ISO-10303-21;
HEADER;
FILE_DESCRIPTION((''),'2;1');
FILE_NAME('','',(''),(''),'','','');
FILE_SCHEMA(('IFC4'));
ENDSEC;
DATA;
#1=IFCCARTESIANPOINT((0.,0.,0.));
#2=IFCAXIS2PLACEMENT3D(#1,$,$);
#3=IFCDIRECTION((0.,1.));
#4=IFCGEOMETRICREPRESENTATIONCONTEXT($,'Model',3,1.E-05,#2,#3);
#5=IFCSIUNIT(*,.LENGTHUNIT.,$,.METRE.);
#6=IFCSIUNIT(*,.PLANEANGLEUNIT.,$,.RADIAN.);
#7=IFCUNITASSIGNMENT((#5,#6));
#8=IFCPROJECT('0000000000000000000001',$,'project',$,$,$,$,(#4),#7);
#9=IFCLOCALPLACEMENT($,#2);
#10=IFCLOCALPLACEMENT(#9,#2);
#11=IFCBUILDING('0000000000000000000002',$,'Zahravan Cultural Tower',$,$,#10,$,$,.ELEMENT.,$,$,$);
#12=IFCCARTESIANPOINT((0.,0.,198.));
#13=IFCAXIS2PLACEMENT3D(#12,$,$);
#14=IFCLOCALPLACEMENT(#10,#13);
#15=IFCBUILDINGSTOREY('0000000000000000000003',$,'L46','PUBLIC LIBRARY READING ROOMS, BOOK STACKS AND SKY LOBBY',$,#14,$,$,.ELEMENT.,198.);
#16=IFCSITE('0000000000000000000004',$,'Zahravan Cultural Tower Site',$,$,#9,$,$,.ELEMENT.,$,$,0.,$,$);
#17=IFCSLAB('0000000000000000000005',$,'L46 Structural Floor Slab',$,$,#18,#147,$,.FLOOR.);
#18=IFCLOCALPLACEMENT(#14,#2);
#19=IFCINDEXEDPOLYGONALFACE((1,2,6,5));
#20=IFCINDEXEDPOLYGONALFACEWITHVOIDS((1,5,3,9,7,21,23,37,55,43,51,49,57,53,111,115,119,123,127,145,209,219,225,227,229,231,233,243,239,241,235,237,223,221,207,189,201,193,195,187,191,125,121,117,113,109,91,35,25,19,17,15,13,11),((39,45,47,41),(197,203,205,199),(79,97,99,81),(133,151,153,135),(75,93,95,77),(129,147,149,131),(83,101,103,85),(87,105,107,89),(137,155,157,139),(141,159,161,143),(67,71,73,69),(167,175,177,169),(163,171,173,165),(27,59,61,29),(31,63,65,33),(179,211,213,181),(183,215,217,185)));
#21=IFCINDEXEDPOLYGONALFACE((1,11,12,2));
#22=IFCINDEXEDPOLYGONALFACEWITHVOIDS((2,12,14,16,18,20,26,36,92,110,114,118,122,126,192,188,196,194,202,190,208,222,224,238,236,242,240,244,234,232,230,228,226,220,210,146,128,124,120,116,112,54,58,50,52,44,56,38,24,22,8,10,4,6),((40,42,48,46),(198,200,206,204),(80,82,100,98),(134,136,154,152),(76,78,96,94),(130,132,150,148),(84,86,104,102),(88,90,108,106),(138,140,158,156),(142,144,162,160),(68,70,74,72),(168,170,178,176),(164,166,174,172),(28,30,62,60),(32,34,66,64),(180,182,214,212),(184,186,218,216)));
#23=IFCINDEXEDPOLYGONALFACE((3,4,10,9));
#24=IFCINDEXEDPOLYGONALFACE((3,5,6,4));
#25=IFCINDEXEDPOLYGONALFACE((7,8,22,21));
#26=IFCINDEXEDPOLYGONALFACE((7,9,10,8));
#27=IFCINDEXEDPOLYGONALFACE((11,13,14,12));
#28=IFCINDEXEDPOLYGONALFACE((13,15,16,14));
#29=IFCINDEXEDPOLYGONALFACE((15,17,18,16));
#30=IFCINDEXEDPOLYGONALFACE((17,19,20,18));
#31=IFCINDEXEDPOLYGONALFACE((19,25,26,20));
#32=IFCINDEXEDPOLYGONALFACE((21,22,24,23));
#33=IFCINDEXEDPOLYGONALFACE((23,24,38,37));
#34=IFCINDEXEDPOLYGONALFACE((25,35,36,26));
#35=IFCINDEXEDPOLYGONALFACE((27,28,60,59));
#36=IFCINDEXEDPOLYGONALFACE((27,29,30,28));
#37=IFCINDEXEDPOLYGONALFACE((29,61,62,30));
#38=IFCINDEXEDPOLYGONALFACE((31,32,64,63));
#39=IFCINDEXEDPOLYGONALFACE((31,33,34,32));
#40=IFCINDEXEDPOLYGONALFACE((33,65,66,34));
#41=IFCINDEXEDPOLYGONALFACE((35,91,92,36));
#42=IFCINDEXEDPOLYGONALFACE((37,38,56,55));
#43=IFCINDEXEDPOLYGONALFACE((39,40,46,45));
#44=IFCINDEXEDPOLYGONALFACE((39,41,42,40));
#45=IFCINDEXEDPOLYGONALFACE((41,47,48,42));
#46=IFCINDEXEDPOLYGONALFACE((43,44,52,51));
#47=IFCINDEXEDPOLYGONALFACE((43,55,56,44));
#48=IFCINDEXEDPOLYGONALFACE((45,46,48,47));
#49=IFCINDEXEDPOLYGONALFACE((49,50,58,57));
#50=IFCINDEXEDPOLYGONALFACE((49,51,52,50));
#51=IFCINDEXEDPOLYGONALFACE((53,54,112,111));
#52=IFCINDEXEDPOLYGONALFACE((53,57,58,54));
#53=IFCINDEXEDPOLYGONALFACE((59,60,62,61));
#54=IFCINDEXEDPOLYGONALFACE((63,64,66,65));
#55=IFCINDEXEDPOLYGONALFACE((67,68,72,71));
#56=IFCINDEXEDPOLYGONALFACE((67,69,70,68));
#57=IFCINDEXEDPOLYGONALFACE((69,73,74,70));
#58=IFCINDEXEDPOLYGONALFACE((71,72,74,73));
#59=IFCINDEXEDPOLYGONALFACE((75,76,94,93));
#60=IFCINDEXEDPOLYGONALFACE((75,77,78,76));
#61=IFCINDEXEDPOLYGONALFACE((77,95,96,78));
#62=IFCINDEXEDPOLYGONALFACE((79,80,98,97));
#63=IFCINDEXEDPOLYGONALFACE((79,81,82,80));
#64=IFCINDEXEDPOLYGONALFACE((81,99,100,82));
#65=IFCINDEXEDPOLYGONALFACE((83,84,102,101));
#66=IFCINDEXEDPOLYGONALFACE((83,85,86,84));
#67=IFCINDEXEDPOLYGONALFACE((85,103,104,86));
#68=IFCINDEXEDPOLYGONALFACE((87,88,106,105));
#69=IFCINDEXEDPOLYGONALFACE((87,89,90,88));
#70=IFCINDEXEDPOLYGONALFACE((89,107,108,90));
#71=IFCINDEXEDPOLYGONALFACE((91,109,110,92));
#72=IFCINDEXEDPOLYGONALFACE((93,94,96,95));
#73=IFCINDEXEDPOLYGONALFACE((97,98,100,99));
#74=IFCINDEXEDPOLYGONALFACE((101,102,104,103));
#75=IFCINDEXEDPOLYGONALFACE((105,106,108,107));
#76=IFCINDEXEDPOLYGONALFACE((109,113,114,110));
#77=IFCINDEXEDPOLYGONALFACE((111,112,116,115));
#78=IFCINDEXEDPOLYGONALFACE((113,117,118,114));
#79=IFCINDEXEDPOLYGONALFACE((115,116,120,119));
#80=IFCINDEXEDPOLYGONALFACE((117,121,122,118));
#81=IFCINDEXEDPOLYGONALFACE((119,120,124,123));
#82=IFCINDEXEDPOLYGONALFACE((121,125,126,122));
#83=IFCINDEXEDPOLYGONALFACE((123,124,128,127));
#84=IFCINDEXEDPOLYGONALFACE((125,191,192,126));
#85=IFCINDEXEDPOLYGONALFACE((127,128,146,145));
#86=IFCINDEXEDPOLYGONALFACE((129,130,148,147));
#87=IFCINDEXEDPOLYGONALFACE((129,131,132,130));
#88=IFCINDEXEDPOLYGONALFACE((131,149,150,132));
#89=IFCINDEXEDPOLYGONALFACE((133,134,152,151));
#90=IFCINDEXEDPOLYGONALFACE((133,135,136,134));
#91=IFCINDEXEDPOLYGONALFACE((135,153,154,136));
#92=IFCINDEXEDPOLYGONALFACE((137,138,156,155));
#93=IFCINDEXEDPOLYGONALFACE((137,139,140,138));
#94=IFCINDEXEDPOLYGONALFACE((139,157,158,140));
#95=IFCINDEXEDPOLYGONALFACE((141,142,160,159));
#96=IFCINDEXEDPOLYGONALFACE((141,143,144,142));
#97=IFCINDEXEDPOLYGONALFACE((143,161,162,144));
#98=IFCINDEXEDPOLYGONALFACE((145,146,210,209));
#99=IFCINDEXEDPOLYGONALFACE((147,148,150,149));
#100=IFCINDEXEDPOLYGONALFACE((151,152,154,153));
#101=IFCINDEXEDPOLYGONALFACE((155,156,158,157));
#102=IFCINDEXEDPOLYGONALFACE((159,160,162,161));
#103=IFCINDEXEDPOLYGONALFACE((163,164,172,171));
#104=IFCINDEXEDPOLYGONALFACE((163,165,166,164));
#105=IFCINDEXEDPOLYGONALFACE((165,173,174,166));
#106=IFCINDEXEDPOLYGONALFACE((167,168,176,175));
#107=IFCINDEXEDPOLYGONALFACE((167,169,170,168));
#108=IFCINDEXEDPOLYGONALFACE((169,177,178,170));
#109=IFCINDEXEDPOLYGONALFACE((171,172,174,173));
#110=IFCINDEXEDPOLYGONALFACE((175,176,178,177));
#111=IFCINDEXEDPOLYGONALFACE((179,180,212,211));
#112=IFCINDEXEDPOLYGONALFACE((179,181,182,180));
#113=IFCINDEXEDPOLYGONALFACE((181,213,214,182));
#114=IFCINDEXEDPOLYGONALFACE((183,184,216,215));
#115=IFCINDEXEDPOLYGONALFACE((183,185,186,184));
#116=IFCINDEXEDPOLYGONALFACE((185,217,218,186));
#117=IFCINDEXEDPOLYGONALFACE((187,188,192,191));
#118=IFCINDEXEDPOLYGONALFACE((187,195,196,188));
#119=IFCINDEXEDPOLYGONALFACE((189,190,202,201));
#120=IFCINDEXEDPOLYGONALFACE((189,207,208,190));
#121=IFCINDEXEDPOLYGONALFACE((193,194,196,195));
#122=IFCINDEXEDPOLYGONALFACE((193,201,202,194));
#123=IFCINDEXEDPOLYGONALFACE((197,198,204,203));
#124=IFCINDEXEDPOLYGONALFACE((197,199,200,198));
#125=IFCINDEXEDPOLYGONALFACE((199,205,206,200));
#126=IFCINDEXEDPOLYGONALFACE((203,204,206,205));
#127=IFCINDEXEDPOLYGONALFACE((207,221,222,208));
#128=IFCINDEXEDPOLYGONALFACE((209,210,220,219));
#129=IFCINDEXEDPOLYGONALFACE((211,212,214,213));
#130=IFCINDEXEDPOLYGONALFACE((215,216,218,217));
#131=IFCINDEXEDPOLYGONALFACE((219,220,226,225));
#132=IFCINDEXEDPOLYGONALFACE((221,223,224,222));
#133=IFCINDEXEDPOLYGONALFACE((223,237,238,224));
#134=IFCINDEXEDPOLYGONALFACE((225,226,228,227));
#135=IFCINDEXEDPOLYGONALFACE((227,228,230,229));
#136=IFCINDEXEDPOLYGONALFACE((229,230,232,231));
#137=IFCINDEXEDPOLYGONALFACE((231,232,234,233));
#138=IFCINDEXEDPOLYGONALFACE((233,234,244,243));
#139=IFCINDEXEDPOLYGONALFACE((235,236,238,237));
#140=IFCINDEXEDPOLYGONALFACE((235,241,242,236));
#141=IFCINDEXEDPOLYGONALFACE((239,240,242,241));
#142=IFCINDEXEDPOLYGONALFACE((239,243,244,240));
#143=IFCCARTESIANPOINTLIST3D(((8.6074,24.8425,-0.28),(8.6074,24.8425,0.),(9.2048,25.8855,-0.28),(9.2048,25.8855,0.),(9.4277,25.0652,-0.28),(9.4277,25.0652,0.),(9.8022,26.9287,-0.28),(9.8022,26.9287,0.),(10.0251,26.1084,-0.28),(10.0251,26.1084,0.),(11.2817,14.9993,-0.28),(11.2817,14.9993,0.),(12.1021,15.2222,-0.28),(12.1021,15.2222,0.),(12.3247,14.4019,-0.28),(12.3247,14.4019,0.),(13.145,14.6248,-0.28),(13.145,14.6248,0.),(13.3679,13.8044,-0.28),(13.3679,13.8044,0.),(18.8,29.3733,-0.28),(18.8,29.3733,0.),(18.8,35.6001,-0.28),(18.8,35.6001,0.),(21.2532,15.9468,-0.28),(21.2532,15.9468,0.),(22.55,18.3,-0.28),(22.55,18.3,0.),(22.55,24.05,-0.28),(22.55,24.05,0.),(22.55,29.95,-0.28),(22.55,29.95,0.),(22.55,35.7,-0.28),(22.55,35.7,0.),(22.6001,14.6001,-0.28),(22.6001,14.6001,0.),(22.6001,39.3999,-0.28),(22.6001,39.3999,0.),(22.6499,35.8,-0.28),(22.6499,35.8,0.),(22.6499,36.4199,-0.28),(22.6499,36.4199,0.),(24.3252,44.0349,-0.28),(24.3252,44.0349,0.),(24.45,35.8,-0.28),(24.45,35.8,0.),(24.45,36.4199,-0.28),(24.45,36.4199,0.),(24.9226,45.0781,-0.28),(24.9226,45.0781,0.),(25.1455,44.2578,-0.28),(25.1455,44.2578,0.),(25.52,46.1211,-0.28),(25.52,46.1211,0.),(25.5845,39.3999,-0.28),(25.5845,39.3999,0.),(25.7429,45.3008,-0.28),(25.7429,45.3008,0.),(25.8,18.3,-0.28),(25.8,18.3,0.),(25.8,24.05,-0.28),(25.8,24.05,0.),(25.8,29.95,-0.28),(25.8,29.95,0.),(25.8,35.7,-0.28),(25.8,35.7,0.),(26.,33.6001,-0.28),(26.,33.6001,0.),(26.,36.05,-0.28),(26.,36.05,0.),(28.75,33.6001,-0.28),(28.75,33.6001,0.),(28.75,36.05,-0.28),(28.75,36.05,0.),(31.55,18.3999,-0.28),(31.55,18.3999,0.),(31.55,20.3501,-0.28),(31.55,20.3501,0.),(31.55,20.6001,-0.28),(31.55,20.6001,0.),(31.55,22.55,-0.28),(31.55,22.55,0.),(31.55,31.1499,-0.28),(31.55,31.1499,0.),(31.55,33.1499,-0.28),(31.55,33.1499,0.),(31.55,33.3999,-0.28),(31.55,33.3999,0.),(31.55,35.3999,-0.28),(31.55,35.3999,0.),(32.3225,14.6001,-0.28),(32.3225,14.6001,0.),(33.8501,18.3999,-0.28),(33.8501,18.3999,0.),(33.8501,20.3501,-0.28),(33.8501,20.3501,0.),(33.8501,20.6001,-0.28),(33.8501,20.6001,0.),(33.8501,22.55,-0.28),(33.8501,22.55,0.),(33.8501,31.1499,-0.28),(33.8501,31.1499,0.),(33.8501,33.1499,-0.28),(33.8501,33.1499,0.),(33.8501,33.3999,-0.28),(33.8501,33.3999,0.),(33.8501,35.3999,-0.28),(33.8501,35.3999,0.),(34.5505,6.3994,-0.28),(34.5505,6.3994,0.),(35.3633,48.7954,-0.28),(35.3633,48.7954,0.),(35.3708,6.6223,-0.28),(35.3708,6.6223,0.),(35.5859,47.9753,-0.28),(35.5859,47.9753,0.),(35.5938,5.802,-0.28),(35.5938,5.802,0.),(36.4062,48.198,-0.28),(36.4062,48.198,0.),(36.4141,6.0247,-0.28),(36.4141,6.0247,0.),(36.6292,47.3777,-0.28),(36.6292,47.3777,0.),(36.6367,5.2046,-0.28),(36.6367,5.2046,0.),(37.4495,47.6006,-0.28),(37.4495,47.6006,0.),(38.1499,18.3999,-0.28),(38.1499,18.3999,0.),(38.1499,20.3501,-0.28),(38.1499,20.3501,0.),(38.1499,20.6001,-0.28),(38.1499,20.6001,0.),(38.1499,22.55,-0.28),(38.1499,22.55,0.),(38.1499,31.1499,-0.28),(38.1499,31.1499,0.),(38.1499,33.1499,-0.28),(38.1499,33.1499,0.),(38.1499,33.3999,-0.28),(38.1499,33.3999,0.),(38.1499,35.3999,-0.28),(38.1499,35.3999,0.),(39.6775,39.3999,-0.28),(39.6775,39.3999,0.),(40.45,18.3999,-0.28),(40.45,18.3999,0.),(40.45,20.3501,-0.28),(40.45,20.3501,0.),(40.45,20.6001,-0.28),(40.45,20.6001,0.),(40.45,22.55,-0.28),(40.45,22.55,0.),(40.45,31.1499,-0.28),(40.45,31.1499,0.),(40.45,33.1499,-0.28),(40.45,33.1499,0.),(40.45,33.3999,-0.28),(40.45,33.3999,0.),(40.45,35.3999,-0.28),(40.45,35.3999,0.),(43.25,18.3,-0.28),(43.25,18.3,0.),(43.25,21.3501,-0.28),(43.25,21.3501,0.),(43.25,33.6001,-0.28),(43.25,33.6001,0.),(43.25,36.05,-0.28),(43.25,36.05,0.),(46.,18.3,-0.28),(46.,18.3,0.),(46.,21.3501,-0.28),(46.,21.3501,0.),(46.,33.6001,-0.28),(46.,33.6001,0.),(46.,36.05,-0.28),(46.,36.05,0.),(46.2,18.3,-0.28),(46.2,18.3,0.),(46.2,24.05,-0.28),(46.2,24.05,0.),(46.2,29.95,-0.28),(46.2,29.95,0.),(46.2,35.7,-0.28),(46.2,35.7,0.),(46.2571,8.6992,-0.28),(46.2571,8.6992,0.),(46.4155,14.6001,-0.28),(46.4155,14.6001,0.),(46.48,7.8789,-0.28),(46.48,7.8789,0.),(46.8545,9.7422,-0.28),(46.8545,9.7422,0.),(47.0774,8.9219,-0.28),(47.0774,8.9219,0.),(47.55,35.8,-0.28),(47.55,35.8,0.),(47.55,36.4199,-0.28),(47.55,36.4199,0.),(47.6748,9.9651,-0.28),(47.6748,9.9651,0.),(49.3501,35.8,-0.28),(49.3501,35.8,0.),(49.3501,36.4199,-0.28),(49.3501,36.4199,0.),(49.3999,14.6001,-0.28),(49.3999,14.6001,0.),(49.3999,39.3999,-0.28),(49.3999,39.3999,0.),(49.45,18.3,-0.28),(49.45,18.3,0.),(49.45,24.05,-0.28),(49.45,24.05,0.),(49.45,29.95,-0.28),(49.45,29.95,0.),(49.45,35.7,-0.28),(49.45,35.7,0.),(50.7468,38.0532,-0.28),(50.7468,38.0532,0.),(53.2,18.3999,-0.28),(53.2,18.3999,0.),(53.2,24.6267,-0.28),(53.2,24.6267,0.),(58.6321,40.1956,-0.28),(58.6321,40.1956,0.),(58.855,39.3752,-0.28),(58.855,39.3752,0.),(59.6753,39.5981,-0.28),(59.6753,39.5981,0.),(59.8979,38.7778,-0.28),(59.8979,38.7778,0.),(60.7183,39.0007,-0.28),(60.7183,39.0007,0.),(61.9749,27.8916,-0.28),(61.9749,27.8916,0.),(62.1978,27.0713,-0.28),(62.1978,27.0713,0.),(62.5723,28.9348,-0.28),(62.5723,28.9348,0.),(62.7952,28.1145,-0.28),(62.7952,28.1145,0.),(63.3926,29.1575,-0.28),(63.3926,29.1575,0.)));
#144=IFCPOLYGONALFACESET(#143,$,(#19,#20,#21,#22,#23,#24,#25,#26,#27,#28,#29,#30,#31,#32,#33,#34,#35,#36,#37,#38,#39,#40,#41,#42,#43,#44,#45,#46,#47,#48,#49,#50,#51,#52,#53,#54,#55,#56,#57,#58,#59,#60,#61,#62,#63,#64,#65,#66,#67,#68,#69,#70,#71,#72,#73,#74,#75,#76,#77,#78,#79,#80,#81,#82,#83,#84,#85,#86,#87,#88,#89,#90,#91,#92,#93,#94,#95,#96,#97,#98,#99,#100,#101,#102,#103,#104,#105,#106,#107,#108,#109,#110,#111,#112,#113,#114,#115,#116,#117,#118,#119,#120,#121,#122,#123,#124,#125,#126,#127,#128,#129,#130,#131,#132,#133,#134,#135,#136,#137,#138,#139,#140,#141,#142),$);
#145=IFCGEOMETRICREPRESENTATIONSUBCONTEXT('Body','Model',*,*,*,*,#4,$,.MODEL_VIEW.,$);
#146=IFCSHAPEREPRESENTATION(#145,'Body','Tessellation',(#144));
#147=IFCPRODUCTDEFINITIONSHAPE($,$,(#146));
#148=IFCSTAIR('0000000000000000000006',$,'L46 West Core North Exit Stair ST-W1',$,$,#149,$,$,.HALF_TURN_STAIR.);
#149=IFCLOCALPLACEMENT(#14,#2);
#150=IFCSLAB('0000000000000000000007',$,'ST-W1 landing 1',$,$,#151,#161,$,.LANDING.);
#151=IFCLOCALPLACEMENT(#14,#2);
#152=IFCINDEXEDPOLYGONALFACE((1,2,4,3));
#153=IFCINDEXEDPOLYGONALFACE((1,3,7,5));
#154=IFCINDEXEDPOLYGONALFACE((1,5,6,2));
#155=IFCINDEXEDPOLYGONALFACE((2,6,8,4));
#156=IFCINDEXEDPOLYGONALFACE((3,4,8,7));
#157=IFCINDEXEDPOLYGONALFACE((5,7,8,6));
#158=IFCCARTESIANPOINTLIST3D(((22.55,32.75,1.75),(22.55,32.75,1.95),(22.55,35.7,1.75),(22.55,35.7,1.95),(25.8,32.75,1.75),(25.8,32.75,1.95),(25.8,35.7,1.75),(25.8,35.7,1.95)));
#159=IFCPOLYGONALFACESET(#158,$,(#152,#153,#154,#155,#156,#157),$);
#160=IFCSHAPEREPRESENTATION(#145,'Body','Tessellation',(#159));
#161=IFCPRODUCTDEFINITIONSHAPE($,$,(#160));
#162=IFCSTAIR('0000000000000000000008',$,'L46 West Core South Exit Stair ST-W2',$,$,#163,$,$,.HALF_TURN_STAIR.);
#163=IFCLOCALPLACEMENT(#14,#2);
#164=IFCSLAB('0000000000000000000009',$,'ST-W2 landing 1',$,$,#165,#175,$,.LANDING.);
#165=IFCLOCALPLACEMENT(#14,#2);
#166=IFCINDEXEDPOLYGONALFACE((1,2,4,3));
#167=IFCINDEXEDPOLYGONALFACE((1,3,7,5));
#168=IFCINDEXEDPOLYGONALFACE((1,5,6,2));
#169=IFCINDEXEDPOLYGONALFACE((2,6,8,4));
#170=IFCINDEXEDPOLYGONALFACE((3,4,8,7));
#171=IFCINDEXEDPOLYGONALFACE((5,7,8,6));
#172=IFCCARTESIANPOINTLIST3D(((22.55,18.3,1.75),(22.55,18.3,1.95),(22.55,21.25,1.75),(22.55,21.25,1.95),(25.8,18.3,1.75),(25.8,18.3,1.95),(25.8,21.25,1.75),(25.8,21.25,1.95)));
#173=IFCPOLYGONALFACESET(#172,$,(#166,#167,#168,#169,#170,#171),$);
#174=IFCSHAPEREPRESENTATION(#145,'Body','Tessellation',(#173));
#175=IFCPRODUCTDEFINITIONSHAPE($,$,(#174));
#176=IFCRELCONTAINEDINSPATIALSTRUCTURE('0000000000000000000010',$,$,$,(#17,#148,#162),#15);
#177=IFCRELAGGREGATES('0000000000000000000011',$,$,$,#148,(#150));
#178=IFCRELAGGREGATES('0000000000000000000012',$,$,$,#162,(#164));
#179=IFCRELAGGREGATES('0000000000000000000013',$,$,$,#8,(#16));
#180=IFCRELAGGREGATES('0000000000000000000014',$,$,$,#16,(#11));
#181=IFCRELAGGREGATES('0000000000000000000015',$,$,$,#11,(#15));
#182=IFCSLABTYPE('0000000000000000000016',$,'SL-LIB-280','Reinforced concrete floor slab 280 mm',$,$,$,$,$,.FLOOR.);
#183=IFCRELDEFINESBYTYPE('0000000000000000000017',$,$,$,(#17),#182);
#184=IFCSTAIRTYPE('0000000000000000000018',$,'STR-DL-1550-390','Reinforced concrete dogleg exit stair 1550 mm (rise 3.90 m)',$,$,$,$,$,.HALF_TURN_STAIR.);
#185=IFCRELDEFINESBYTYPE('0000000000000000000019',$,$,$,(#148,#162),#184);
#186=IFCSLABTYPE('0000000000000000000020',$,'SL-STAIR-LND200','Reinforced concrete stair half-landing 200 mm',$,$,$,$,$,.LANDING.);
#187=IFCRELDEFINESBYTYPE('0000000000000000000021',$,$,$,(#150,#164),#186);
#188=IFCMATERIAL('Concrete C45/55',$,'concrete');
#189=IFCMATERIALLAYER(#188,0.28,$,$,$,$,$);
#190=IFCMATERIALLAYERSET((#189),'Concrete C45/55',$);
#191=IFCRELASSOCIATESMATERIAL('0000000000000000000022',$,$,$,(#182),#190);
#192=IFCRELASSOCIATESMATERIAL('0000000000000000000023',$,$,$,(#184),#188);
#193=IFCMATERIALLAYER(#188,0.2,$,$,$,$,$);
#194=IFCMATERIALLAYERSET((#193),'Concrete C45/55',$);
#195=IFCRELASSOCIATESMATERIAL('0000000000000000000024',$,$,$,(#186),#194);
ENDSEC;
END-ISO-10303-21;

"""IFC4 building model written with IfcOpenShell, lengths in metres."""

from ifc_helpers import new_model, si_unit, direction, frame, origin, place, context, subcontext, project, spatial, polyline, outline, extrude, material, layer, layer_set, type_object, element, aggregate, save


model = new_model("IFC4")

# Units and contexts
model_context = context("Model", 3, precision=1e-05, world=origin(), true_north=direction((0.0, 1.0)))
body_context = subcontext(model_context, "Body", "Model", "MODEL_VIEW")
ifc_project = project(units=[si_unit("LENGTHUNIT", "METRE"), si_unit("PLANEANGLEUNIT", "RADIAN")], contexts=[model_context])

# Site, building, storey
site_placement = place(None, origin())
site = spatial("IfcSite", under=ifc_project, at=site_placement, Name="Zahravan Cultural Tower Site", CompositionType="ELEMENT", RefElevation=0.0)
building_placement = place(site_placement, origin())
building = spatial("IfcBuilding", under=site, at=building_placement, Name="Zahravan Cultural Tower", CompositionType="ELEMENT")
storey_placement = place(building_placement, frame((0.0, 0.0, 198.0)))
storey = spatial("IfcBuildingStorey", under=building, at=storey_placement, Name="L46", Description="PUBLIC LIBRARY READING ROOMS, BOOK STACKS AND SKY LOBBY", CompositionType="ELEMENT", Elevation=198.0)

# Slab
ifc_material_1 = material(Name="Concrete C45/55", Category="concrete")
ifc_layer_1 = layer(ifc_material_1, 0.28)
ifc_layer_set_1 = layer_set([ifc_layer_1], Name="Concrete C45/55")
slab_type_1 = type_object("IfcSlabType", Name="SL-LIB-280", Description="Reinforced concrete floor slab 280 mm", PredefinedType="FLOOR", material=ifc_layer_set_1)
slab_1_placement = place(storey_placement, frame((0.0, 0.0, -0.28)))
element("IfcSlab", 1, at=slab_1_placement, inside=storey, type_object=slab_type_1, Name="L46 Structural Floor Slab", PredefinedType="FLOOR", context=body_context, shape_type="SweptSolid", body=[
    extrude(outline(polyline([(50.7468, 38.0532), (49.3999, 39.3999), (39.6775, 39.3999), (37.4495, 47.6006), (36.6292, 47.3777), (36.4062, 48.198), (35.5859, 47.9753), (35.3633, 48.7954), (25.52, 46.1211), (25.7429, 45.3008), (24.9226, 45.0781), (25.1455, 44.2578), (24.3252, 44.0349), (25.5845, 39.3999), (22.6001, 39.3999), (18.8, 35.6001), (18.8, 29.3733), (9.8022, 26.9287), (10.0251, 26.1084), (9.2048, 25.8855), (9.4277, 25.0652), (8.6074, 24.8425), (11.2817, 14.9993), (12.1021, 15.2222), (12.3247, 14.4019), (13.145, 14.6248), (13.3679, 13.8044), (21.2532, 15.9468), (22.6001, 14.6001), (32.3225, 14.6001), (34.5505, 6.3994), (35.3708, 6.6223), (35.5938, 5.802), (36.4141, 6.0247), (36.6367, 5.2046), (46.48, 7.8789), (46.2571, 8.6992), (47.0774, 8.9219), (46.8545, 9.7422), (47.6748, 9.9651), (46.4155, 14.6001), (49.3999, 14.6001), (53.2, 18.3999), (53.2, 24.6267), (62.1978, 27.0713), (61.9749, 27.8916), (62.7952, 28.1145), (62.5723, 28.9348), (63.3926, 29.1575), (60.7183, 39.0007), (59.8979, 38.7778), (59.6753, 39.5981), (58.855, 39.3752), (58.6321, 40.1956), (50.7468, 38.0532)]), holes=[polyline([(22.55, 29.95), (22.55, 35.7), (25.8, 35.7), (25.8, 29.95), (22.55, 29.95)]), polyline([(22.55, 18.3), (22.55, 24.05), (25.8, 24.05), (25.8, 18.3), (22.55, 18.3)]), polyline([(46.2, 29.95), (46.2, 35.7), (49.45, 35.7), (49.45, 29.95), (46.2, 29.95)]), polyline([(46.2, 18.3), (46.2, 24.05), (49.45, 24.05), (49.45, 18.3), (46.2, 18.3)]), polyline([(26.0, 33.6001), (26.0, 36.05), (28.75, 36.05), (28.75, 33.6001), (26.0, 33.6001)]), polyline([(43.25, 33.6001), (43.25, 36.05), (46.0, 36.05), (46.0, 33.6001), (43.25, 33.6001)]), polyline([(43.25, 18.3), (43.25, 21.3501), (46.0, 21.3501), (46.0, 18.3), (43.25, 18.3)]), polyline([(31.55, 33.3999), (31.55, 35.3999), (33.8501, 35.3999), (33.8501, 33.3999), (31.55, 33.3999)]), polyline([(31.55, 31.1499), (31.55, 33.1499), (33.8501, 33.1499), (33.8501, 31.1499), (31.55, 31.1499)]), polyline([(38.1499, 33.3999), (38.1499, 35.3999), (40.45, 35.3999), (40.45, 33.3999), (38.1499, 33.3999)]), polyline([(38.1499, 31.1499), (38.1499, 33.1499), (40.45, 33.1499), (40.45, 31.1499), (38.1499, 31.1499)]), polyline([(31.55, 20.6001), (31.55, 22.55), (33.8501, 22.55), (33.8501, 20.6001), (31.55, 20.6001)]), polyline([(31.55, 18.3999), (31.55, 20.3501), (33.8501, 20.3501), (33.8501, 18.3999), (31.55, 18.3999)]), polyline([(38.1499, 20.6001), (38.1499, 22.55), (40.45, 22.55), (40.45, 20.6001), (38.1499, 20.6001)]), polyline([(38.1499, 18.3999), (38.1499, 20.3501), (40.45, 20.3501), (40.45, 18.3999), (38.1499, 18.3999)]), polyline([(22.6499, 35.8), (22.6499, 36.4199), (24.45, 36.4199), (24.45, 35.8), (22.6499, 35.8)]), polyline([(47.55, 35.8), (47.55, 36.4199), (49.3501, 36.4199), (49.3501, 35.8), (47.55, 35.8)])]), origin(), (0.0, 0.0, 1.0), 0.28),
])

# Stairs, slabs
stair_type = type_object("IfcStairType", Name="STR-DL-1550-390", Description="Reinforced concrete dogleg exit stair 1550 mm (rise 3.90 m)", PredefinedType="HALF_TURN_STAIR", material=ifc_material_1)
stair_1_placement = place(storey_placement, origin())
stair_1 = element("IfcStair", 2, at=stair_1_placement, inside=storey, type_object=stair_type, Name="L46 West Core North Exit Stair ST-W1", PredefinedType="HALF_TURN_STAIR")
ifc_layer_2 = layer(ifc_material_1, 0.2)
ifc_layer_set_2 = layer_set([ifc_layer_2], Name="Concrete C45/55")
slab_type_2 = type_object("IfcSlabType", Name="SL-STAIR-LND200", Description="Reinforced concrete stair half-landing 200 mm", PredefinedType="LANDING", material=ifc_layer_set_2)
slab_2_placement = place(storey_placement, frame((0.0, 0.0, 1.75)))
slab_2 = element("IfcSlab", 3, at=slab_2_placement, type_object=slab_type_2, Name="ST-W1 landing 1", PredefinedType="LANDING", context=body_context, shape_type="SweptSolid", body=[
    extrude(outline(polyline([(25.8, 32.75), (25.8, 35.7), (22.55, 35.7), (22.55, 32.75), (25.8, 32.75)])), origin(), (0.0, 0.0, 1.0), 0.2),
])
aggregate(stair_1, [slab_2])
stair_2_placement = place(storey_placement, origin())
stair_2 = element("IfcStair", 4, at=stair_2_placement, inside=storey, type_object=stair_type, Name="L46 West Core South Exit Stair ST-W2", PredefinedType="HALF_TURN_STAIR")
slab_3_placement = place(storey_placement, frame((0.0, 0.0, 1.75)))
slab_3 = element("IfcSlab", 5, at=slab_3_placement, type_object=slab_type_2, Name="ST-W2 landing 1", PredefinedType="LANDING", context=body_context, shape_type="SweptSolid", body=[
    extrude(outline(polyline([(22.55, 21.25), (22.55, 18.3), (25.8, 18.3), (25.8, 21.25), (22.55, 21.25)])), origin(), (0.0, 0.0, 1.0), 0.2),
])
aggregate(stair_2, [slab_3])

save(model, "model.ifc")
